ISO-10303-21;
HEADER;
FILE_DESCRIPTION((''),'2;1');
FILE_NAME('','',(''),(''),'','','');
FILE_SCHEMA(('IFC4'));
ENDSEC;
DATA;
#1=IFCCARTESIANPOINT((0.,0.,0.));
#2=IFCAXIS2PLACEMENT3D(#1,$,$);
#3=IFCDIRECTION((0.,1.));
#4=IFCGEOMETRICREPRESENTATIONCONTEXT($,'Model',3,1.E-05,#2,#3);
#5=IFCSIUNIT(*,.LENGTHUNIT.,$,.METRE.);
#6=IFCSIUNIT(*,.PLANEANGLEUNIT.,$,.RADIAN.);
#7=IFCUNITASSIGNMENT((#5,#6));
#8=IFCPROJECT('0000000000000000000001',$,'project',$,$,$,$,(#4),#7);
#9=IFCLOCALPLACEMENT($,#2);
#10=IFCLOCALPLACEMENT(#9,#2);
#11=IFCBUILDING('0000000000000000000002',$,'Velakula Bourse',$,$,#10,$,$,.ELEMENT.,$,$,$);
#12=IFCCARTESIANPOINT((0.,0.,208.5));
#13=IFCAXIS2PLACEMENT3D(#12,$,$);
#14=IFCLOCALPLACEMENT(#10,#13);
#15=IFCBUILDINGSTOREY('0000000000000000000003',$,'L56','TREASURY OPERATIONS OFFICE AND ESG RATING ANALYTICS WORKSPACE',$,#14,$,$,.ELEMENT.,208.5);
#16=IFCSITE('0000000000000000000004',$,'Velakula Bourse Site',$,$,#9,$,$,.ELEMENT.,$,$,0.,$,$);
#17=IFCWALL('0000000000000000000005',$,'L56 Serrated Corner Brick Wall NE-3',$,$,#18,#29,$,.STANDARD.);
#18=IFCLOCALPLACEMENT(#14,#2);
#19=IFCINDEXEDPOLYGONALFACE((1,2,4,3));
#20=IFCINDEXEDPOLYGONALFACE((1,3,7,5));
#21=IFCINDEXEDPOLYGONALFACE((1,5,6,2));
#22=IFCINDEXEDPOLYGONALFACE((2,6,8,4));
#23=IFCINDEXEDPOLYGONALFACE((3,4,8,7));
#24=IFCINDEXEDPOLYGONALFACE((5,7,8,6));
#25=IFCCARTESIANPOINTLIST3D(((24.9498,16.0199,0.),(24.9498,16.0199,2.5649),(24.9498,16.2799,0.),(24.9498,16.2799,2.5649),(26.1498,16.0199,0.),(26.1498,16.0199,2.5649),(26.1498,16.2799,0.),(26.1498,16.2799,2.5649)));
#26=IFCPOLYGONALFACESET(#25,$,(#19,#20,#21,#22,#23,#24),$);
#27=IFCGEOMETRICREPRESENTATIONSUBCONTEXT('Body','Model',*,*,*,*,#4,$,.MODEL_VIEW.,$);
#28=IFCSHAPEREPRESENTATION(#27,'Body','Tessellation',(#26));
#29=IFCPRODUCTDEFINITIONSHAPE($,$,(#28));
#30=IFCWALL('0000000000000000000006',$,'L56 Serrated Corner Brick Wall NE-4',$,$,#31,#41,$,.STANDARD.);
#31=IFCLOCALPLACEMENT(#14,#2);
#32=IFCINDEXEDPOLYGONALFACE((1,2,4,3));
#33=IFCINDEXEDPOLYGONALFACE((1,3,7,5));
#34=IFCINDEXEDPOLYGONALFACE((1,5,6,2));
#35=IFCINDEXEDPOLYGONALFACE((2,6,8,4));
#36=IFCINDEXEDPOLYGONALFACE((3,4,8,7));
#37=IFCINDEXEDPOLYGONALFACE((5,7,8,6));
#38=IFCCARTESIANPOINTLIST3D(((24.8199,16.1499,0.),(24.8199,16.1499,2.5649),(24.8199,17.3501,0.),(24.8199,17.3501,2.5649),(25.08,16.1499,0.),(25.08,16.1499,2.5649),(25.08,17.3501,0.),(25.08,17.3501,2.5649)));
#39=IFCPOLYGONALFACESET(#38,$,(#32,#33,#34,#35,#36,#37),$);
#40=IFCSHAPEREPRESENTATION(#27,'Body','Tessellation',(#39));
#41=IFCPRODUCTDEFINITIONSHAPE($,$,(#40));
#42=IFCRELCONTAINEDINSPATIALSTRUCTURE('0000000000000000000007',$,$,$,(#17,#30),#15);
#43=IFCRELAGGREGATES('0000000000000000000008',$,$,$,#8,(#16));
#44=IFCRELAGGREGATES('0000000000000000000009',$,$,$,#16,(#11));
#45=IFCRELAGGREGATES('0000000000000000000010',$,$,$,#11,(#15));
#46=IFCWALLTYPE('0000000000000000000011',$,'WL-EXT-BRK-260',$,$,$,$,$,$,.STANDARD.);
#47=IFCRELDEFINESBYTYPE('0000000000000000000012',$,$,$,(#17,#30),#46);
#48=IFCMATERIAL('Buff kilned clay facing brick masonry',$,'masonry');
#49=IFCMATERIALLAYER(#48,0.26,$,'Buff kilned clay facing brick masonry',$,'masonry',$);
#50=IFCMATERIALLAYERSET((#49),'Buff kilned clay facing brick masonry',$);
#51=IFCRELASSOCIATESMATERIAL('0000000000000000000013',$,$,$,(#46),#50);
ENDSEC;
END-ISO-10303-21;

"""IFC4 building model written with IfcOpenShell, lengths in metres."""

from ifc_helpers import new_model, si_unit, direction, frame, frame_2d, origin, place, context, subcontext, project, spatial, rectangle, extrude, material, layer, layer_set, type_object, element, save


model = new_model("IFC4")

# Units and contexts
model_context = context("Model", 3, precision=1e-05, world=origin(), true_north=direction((0.0, 1.0)))
body_context = subcontext(model_context, "Body", "Model", "MODEL_VIEW")
ifc_project = project(units=[si_unit("LENGTHUNIT", "METRE"), si_unit("PLANEANGLEUNIT", "RADIAN")], contexts=[model_context])

# Site, building, storey
site_placement = place(None, origin())
site = spatial("IfcSite", under=ifc_project, at=site_placement, Name="Velakula Bourse Site", CompositionType="ELEMENT", RefElevation=0.0)
building_placement = place(site_placement, origin())
building = spatial("IfcBuilding", under=site, at=building_placement, Name="Velakula Bourse", CompositionType="ELEMENT")
storey_placement = place(building_placement, frame((0.0, 0.0, 208.5)))
storey = spatial("IfcBuildingStorey", under=building, at=storey_placement, Name="L56", Description="TREASURY OPERATIONS OFFICE AND ESG RATING ANALYTICS WORKSPACE", CompositionType="ELEMENT", Elevation=208.5)

# Shared definitions
ifc_material_1 = material(Name="Buff kilned clay facing brick masonry", Category="masonry")
ifc_layer = layer(ifc_material_1, 0.26, Name="Buff kilned clay facing brick masonry", Category="masonry")
ifc_layer_set = layer_set([ifc_layer], Name="Buff kilned clay facing brick masonry")
wall_type = type_object("IfcWallType", Name="WL-EXT-BRK-260", PredefinedType="STANDARD", material=ifc_layer_set)

# Walls
for number, where, z_axis, x_axis, name in (
    (1, (26.1499, 16.1499, 0.0), (0.0, 0.0, 1.0), (-1.0, 0.0, 0.0), "L56 Serrated Corner Brick Wall NE-3"),
):
    element("IfcWall", number, at=place(storey_placement, frame(where, z_axis=z_axis, x_axis=x_axis)), inside=storey, type_object=wall_type, Name=name, PredefinedType="STANDARD", context=body_context, shape_type="SweptSolid", body=[
        extrude(rectangle(XDim=1.2, YDim=0.26, at=frame_2d((0.6001, 0.0))), origin(), (0.0, 0.0, 1.0), 2.5649),
    ])
wall_1_placement = place(storey_placement, frame((24.95, 16.1499, 0.0), z_axis=(0.0, 0.0, 1.0), x_axis=(0.0, 1.0, 0.0)))
element("IfcWall", 2, at=wall_1_placement, inside=storey, type_object=wall_type, Name="L56 Serrated Corner Brick Wall NE-4", PredefinedType="STANDARD", context=body_context, shape_type="SweptSolid", body=[
    extrude(rectangle(XDim=1.2002, YDim=0.26, at=frame_2d((0.6001, 0.0))), origin(), (0.0, 0.0, 1.0), 2.5649),
])

save(model, "model.ifc")
